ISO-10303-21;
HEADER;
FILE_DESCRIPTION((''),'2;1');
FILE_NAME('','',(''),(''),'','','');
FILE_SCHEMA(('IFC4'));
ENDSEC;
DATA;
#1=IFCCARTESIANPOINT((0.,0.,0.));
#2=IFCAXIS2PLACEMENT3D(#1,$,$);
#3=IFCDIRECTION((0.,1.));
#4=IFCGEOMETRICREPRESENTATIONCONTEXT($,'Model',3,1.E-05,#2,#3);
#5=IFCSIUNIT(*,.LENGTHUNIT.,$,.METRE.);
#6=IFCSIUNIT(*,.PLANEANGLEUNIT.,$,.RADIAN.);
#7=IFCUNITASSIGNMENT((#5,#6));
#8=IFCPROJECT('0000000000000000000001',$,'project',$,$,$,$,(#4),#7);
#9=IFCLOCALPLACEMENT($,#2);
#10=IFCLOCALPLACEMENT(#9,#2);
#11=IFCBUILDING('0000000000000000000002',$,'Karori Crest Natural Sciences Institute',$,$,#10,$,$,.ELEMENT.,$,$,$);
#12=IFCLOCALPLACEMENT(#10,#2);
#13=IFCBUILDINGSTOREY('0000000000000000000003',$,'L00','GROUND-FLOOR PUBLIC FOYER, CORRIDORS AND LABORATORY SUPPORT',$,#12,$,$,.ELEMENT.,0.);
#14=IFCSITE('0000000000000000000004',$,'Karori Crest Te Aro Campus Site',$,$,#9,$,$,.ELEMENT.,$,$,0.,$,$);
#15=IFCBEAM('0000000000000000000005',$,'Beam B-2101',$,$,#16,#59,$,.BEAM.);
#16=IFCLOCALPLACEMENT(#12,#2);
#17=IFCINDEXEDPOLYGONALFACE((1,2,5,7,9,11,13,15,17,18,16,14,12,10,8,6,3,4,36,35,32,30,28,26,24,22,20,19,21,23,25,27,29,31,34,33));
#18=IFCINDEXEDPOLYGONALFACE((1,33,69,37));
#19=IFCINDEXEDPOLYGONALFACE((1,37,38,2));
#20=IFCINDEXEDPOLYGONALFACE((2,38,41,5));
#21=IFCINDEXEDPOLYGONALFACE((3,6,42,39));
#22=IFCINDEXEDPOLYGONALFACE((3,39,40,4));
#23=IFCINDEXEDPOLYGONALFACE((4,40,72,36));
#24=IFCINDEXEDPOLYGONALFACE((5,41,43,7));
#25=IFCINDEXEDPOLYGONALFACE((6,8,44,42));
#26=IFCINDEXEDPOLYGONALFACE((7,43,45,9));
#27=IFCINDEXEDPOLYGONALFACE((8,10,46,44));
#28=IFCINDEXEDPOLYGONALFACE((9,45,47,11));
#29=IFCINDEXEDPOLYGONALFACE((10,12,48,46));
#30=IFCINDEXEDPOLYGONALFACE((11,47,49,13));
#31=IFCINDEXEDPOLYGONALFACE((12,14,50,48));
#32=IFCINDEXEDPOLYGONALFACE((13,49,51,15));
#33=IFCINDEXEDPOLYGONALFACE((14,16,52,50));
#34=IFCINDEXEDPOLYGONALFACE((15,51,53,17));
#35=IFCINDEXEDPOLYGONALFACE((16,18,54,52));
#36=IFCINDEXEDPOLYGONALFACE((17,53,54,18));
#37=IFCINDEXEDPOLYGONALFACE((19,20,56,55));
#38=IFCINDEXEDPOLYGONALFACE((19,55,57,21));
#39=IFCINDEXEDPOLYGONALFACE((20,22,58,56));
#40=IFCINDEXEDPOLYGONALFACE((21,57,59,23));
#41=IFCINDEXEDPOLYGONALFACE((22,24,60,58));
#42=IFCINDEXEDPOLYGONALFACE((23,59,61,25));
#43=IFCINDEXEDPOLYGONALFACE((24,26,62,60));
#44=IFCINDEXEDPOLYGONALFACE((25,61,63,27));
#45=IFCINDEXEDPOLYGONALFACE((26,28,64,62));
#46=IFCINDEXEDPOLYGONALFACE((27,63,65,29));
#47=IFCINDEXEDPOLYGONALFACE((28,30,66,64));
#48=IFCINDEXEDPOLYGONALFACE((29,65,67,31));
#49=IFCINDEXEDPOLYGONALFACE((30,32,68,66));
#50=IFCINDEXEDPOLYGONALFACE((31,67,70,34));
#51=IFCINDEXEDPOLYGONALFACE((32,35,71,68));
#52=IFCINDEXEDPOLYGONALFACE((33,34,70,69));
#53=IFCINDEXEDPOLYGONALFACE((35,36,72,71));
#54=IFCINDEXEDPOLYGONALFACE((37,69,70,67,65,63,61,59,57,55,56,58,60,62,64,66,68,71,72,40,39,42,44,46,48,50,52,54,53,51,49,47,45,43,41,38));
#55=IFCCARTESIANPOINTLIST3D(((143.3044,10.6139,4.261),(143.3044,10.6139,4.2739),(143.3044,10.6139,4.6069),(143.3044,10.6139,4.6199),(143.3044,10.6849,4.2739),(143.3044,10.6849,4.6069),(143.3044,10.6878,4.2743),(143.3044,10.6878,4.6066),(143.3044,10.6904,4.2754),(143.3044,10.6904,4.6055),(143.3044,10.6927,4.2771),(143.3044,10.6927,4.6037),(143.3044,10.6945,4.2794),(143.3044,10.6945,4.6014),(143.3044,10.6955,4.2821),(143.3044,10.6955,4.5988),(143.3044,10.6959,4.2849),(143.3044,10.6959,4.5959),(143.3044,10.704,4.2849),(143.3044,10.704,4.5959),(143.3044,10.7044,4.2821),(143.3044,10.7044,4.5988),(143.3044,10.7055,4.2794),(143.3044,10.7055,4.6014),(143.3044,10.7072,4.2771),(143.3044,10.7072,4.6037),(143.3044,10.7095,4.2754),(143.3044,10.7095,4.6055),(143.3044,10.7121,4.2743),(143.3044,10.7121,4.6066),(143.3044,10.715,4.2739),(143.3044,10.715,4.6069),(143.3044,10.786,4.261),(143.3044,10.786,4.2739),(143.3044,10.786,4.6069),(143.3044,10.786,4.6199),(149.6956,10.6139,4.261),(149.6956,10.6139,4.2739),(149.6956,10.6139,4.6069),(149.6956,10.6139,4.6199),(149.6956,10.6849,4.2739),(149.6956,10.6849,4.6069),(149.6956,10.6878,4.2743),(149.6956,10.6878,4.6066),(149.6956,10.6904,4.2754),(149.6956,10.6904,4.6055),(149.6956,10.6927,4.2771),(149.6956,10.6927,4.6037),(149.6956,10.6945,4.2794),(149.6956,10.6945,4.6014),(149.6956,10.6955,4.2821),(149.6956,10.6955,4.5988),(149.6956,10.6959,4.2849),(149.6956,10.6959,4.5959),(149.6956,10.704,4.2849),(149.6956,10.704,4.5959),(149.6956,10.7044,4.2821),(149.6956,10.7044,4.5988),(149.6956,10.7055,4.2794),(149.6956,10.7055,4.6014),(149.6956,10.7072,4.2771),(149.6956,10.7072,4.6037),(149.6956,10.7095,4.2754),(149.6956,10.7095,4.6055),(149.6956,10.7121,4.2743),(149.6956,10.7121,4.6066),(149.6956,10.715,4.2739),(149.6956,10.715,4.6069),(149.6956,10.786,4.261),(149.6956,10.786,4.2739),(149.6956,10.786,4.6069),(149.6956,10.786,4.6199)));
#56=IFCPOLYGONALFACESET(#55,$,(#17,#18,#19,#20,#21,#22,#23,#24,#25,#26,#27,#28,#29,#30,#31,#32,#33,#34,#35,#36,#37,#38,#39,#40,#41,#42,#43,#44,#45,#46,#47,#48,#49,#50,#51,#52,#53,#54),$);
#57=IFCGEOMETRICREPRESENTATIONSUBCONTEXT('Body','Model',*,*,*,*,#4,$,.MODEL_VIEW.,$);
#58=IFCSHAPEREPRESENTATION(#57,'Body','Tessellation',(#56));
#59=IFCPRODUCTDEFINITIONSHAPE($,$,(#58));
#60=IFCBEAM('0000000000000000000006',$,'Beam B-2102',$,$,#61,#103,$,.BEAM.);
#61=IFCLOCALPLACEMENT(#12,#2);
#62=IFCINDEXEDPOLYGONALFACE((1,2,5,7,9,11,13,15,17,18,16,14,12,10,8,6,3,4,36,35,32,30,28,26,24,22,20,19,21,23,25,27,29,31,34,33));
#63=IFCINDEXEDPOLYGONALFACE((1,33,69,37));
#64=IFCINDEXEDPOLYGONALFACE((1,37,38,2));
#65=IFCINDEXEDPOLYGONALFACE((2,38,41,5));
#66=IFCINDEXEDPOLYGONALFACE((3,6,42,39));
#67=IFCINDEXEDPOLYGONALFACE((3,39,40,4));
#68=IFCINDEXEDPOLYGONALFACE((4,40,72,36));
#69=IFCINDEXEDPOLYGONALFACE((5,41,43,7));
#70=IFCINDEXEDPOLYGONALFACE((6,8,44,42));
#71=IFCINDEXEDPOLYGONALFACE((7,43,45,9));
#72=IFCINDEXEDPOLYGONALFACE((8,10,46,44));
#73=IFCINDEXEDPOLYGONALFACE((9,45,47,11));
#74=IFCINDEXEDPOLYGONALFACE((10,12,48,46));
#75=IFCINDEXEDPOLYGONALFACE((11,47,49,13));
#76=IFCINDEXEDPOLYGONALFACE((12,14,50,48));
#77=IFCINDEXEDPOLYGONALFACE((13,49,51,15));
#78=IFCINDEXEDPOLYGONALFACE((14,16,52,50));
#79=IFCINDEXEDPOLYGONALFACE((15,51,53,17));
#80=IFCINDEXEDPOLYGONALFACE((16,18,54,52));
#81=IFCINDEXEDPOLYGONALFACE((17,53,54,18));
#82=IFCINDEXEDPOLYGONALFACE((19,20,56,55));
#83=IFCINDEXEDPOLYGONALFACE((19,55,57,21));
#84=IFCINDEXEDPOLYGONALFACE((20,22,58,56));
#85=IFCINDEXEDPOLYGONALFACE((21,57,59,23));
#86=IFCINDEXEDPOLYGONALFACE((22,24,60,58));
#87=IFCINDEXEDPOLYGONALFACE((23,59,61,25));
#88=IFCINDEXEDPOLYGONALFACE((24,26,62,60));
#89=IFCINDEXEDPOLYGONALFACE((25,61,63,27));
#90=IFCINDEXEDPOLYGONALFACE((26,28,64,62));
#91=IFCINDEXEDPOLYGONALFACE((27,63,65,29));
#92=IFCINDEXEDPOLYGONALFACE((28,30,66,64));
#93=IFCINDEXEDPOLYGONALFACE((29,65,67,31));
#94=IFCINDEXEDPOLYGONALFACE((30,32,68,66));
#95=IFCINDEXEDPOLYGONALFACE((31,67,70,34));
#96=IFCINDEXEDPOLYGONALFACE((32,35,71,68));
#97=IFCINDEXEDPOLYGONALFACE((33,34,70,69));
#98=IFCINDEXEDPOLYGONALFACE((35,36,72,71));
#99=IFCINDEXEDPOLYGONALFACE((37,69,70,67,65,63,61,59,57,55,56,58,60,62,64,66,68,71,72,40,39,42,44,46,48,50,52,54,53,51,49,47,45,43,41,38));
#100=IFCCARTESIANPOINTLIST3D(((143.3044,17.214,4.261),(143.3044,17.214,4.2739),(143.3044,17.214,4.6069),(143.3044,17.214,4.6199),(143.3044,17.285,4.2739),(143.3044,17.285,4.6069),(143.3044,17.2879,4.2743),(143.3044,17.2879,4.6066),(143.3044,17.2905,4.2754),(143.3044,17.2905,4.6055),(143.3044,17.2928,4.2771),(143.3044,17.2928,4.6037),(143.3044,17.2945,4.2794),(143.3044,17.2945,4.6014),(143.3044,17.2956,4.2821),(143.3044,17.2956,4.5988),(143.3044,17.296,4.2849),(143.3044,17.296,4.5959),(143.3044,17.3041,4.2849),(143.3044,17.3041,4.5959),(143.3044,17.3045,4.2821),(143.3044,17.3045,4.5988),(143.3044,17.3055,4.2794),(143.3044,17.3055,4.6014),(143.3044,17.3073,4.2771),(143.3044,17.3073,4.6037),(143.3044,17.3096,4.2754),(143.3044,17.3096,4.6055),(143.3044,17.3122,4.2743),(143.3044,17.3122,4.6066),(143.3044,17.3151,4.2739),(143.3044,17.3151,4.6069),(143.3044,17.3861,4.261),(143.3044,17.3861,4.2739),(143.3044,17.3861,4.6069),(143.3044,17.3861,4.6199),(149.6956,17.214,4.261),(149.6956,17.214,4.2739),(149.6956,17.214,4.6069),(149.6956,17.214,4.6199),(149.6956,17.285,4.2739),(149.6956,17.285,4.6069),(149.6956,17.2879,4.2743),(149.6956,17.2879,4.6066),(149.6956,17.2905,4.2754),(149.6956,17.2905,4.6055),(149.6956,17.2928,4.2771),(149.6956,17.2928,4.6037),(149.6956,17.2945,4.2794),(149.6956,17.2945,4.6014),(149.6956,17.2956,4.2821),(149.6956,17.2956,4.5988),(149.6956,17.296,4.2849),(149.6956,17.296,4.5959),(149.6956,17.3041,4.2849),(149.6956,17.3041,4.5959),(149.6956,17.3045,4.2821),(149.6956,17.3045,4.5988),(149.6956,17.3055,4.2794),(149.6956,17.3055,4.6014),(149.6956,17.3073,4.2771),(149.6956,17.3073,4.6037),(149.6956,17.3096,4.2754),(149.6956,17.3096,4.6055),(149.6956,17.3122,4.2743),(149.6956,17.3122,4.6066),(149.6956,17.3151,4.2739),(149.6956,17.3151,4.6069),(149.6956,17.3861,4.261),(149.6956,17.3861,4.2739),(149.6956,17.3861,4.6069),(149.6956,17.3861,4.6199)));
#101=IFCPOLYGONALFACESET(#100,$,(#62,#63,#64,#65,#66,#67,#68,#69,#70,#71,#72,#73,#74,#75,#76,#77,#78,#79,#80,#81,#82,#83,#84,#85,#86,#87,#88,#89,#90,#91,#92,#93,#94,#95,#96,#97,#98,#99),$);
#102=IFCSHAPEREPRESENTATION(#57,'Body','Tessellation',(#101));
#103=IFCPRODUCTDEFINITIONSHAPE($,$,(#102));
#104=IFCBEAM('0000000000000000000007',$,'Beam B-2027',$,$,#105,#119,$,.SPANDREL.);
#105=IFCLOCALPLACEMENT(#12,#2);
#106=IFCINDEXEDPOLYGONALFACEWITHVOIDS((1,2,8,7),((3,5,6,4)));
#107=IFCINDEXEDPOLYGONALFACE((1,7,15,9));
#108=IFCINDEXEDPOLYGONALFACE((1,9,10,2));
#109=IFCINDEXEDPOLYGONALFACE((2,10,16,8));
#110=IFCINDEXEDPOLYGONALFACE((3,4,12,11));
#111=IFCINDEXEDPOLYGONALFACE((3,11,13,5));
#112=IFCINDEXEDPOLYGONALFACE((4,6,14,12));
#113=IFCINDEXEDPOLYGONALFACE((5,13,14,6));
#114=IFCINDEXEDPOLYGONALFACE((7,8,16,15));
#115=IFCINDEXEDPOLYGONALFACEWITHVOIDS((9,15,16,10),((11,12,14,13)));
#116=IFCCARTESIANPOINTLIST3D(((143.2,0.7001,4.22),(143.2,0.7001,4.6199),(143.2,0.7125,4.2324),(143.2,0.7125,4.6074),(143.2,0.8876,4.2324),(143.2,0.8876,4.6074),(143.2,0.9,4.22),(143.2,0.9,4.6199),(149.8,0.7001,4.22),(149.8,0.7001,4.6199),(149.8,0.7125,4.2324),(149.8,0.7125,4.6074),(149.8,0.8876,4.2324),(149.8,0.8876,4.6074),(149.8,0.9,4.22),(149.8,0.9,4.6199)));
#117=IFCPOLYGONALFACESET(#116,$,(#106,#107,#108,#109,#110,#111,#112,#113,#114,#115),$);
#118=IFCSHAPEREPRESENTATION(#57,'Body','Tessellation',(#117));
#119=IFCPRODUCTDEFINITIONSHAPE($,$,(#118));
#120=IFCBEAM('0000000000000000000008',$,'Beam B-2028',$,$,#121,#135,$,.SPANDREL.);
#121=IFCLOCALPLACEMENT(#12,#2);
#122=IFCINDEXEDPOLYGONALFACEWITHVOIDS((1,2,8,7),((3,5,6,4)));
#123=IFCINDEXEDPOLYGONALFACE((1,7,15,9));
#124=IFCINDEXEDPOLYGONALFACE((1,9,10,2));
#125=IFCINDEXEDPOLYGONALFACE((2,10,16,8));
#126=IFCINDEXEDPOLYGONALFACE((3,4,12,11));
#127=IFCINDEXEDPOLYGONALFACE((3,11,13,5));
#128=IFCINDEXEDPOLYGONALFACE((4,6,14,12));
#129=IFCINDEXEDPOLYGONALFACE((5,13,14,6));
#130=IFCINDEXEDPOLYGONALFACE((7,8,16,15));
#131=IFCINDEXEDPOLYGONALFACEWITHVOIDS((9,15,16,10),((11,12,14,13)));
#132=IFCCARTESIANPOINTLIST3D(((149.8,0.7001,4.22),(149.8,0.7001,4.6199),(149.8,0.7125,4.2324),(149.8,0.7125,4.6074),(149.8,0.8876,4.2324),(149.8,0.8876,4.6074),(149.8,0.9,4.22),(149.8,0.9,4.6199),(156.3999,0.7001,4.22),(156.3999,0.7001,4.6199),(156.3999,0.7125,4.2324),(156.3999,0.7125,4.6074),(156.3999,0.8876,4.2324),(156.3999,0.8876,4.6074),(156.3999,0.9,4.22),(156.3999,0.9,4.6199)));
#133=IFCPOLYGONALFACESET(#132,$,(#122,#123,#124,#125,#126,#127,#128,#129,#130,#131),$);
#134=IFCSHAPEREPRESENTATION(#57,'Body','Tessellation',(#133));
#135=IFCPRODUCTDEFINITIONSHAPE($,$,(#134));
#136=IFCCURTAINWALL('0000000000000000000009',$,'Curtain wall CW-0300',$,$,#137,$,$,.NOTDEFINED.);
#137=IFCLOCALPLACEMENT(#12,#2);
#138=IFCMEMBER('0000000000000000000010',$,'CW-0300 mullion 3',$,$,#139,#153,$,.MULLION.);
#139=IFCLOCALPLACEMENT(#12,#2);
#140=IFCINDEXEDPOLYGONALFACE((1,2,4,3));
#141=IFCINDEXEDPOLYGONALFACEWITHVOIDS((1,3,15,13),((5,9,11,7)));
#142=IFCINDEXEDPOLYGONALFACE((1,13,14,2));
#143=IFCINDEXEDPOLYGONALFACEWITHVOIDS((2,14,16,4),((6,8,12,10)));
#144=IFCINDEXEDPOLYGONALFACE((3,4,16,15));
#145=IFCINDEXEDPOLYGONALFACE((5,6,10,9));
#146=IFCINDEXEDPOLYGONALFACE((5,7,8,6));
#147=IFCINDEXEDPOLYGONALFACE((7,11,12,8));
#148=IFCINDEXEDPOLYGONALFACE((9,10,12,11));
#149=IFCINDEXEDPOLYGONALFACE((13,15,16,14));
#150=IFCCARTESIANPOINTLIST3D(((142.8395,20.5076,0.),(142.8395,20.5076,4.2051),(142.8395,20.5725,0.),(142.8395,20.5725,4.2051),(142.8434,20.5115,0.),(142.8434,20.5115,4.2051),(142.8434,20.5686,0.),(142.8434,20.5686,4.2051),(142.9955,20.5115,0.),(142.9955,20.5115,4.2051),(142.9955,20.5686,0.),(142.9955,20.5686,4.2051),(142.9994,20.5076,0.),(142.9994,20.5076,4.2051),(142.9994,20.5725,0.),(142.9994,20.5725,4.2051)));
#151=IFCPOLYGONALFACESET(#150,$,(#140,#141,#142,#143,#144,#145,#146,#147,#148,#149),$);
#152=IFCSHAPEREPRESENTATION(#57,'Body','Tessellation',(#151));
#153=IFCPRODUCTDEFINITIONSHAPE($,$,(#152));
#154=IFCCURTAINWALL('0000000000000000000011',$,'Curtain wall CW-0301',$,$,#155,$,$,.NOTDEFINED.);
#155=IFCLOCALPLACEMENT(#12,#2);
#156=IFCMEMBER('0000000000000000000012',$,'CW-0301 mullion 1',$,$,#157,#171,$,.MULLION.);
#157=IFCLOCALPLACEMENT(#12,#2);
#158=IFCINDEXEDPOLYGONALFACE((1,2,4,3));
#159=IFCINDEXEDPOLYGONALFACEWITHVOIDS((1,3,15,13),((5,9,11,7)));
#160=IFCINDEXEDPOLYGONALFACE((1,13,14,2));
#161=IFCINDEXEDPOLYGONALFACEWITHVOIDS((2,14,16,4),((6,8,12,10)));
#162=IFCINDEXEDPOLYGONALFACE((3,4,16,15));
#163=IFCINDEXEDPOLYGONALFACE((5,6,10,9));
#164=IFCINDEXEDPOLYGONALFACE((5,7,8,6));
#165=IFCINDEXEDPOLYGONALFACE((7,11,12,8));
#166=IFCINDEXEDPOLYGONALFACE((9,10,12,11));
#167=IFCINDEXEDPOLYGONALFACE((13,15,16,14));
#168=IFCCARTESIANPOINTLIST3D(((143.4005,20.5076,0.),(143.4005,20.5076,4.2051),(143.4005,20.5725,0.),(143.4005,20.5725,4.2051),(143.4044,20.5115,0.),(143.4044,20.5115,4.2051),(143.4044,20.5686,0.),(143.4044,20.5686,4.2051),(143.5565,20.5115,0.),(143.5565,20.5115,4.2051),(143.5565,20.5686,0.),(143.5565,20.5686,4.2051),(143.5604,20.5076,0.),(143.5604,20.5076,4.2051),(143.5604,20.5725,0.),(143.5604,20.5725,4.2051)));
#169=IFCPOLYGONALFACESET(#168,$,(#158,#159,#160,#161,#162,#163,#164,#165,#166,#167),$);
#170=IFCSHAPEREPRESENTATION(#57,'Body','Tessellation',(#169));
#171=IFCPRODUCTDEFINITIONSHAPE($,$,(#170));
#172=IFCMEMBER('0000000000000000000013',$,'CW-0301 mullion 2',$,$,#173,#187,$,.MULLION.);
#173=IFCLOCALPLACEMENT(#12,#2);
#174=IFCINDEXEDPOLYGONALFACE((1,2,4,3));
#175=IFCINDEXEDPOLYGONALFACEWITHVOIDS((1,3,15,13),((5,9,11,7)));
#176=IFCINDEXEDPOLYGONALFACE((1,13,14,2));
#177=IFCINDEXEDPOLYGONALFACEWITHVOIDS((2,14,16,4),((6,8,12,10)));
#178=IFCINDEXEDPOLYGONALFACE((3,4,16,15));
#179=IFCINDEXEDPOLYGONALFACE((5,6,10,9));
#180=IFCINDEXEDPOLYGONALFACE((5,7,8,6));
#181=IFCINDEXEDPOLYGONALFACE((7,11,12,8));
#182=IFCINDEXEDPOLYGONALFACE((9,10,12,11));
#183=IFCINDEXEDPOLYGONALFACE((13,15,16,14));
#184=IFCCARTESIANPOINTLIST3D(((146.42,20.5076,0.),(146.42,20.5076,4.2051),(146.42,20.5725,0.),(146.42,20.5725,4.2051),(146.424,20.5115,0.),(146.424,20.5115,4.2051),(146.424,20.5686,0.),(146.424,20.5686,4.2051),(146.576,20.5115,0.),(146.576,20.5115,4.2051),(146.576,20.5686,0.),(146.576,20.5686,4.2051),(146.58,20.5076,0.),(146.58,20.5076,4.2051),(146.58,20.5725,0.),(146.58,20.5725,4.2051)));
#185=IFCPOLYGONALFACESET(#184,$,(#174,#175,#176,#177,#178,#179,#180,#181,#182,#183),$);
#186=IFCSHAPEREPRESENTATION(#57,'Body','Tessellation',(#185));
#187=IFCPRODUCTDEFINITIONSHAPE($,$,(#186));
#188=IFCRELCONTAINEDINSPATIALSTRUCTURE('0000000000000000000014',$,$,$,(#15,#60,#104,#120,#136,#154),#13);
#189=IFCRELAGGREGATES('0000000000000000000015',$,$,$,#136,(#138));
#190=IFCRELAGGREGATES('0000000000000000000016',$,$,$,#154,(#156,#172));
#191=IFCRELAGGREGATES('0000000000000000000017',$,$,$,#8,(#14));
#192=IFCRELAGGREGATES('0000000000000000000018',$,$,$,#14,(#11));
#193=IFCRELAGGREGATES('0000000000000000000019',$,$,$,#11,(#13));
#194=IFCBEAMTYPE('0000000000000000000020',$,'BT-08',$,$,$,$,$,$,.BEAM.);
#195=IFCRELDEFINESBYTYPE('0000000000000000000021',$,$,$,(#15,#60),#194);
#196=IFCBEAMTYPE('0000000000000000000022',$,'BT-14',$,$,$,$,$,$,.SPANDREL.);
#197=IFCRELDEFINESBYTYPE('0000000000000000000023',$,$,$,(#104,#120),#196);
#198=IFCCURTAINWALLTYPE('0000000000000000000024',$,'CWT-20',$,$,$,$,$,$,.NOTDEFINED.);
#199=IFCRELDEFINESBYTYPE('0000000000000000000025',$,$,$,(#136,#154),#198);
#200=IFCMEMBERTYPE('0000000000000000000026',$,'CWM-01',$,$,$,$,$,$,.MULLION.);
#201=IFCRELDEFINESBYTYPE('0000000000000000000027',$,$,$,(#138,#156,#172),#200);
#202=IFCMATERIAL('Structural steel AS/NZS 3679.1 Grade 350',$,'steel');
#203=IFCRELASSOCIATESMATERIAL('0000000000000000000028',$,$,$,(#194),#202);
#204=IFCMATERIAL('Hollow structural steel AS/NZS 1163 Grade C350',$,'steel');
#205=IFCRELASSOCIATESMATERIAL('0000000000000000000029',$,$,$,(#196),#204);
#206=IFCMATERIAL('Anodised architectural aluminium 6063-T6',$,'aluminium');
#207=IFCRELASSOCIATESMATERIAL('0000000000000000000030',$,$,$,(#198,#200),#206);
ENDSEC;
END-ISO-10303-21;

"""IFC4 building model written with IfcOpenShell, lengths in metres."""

from ifc_helpers import new_model, si_unit, direction, frame, origin, origin_2d, place, context, subcontext, project, spatial, hollow_rectangle, i_section, extrude, material, material_profile, profile_set, type_object, element, aggregate, save


model = new_model("IFC4")

# Units and contexts
model_context = context("Model", 3, precision=1e-05, world=origin(), true_north=direction((0.0, 1.0)))
body_context = subcontext(model_context, "Body", "Model", "MODEL_VIEW")
ifc_project = project(units=[si_unit("LENGTHUNIT", "METRE"), si_unit("PLANEANGLEUNIT", "RADIAN")], contexts=[model_context])

# Site, building, storey
site_placement = place(None, origin())
site = spatial("IfcSite", under=ifc_project, at=site_placement, Name="Karori Crest Te Aro Campus Site", CompositionType="ELEMENT", RefElevation=0.0)
building_placement = place(site_placement, origin())
building = spatial("IfcBuilding", under=site, at=building_placement, Name="Karori Crest Natural Sciences Institute", CompositionType="ELEMENT")
storey_placement = place(building_placement, origin())
storey = spatial("IfcBuildingStorey", under=building, at=storey_placement, Name="L00", Description="GROUND-FLOOR PUBLIC FOYER, CORRIDORS AND LABORATORY SUPPORT", CompositionType="ELEMENT", Elevation=0.0)

# Shared definitions
ifc_material_1 = material(Name="Structural steel AS/NZS 3679.1 Grade 350", Category="steel")

# Beams
ifc_material_profile_1 = material_profile(ifc_material_1, i_section(OverallWidth=0.1721, OverallDepth=0.3589, WebThickness=0.0081, FlangeThickness=0.0129, FilletRadius=0.011, at=origin_2d()), Name="360UB56.7")
ifc_profile_set_1 = profile_set([ifc_material_profile_1], Name="Structural steel AS/NZS 3679.1 Grade 350")
beam_type_1 = type_object("IfcBeamType", Name="BT-08", PredefinedType="BEAM", material=ifc_profile_set_1)
for number, where, z_axis, x_axis, name in (
    (1, (143.3044, 10.7, 4.4404), (1.0, 0.0, 0.0), (0.0, 1.0, 0.0), "Beam B-2101"),
    (2, (143.3044, 17.3, 4.4404), (1.0, 0.0, 0.0), (0.0, 1.0, 0.0), "Beam B-2102"),
):
    element("IfcBeam", number, at=place(storey_placement, frame(where, z_axis=z_axis, x_axis=x_axis)), inside=storey, type_object=beam_type_1, Name=name, PredefinedType="BEAM", context=body_context, shape_type="SweptSolid", body=[
        extrude(i_section(OverallWidth=0.1721, OverallDepth=0.3589, WebThickness=0.0081, FlangeThickness=0.0129, FilletRadius=0.011, at=origin_2d()), origin(), (0.0, 0.0, 1.0), 6.3911),
    ])
ifc_material_2 = material(Name="Hollow structural steel AS/NZS 1163 Grade C350", Category="steel")
ifc_material_profile_2 = material_profile(ifc_material_2, hollow_rectangle(XDim=0.2, YDim=0.3999, WallThickness=0.0125, at=origin_2d()), Name="RHS400x200x12.5")
ifc_profile_set_2 = profile_set([ifc_material_profile_2], Name="Hollow structural steel AS/NZS 1163 Grade C350")
beam_type_2 = type_object("IfcBeamType", Name="BT-14", PredefinedType="SPANDREL", material=ifc_profile_set_2)
beam_1_placement = place(storey_placement, frame((143.2, 0.8, 4.4199), z_axis=(1.0, 0.0, 0.0), x_axis=(0.0, 1.0, 0.0)))
element("IfcBeam", 3, at=beam_1_placement, inside=storey, type_object=beam_type_2, Name="Beam B-2027", PredefinedType="SPANDREL", context=body_context, shape_type="SweptSolid", body=[
    extrude(hollow_rectangle(XDim=0.2, YDim=0.3999, WallThickness=0.0125, at=origin_2d()), origin(), (0.0, 0.0, 1.0), 6.6001),
])
beam_2_placement = place(storey_placement, frame((149.8, 0.8, 4.4199), z_axis=(1.0, 0.0, 0.0), x_axis=(0.0, 1.0, 0.0)))
element("IfcBeam", 4, at=beam_2_placement, inside=storey, type_object=beam_type_2, Name="Beam B-2028", PredefinedType="SPANDREL", context=body_context, shape_type="SweptSolid", body=[
    extrude(hollow_rectangle(XDim=0.2, YDim=0.3999, WallThickness=0.0125, at=origin_2d()), origin(), (0.0, 0.0, 1.0), 6.5999),
])

# Curtain wall, member
ifc_material_3 = material(Name="Anodised architectural aluminium 6063-T6", Category="aluminium")
curtain_wall_type = type_object("IfcCurtainWallType", Name="CWT-20", PredefinedType="NOTDEFINED", material=ifc_material_3)
curtain_wall_1_placement = place(storey_placement, origin())
curtain_wall_1 = element("IfcCurtainWall", 5, at=curtain_wall_1_placement, inside=storey, type_object=curtain_wall_type, Name="Curtain wall CW-0300", PredefinedType="NOTDEFINED")
ifc_material_profile_3 = material_profile(ifc_material_3, hollow_rectangle(XDim=0.0649, YDim=0.1599, WallThickness=0.0039, at=origin_2d()), Name="CWM160x65x4")
ifc_profile_set_3 = profile_set([ifc_material_profile_3], Name="Anodised architectural aluminium 6063-T6")
member_type_1 = type_object("IfcMemberType", Name="CWM-01", PredefinedType="MULLION", material=ifc_profile_set_3)
member_1_placement = place(storey_placement, frame((142.9194, 20.54, 0.0), z_axis=(0.0, 0.0, 1.0), x_axis=(0.0, 1.0, 0.0)))
member_1 = element("IfcMember", 6, at=member_1_placement, type_object=member_type_1, Name="CW-0300 mullion 3", PredefinedType="MULLION", context=body_context, shape_type="SweptSolid", body=[
    extrude(hollow_rectangle(XDim=0.0649, YDim=0.1599, WallThickness=0.0039, at=origin_2d()), origin(), (0.0, 0.0, 1.0), 4.2051),
])

# Curtain wall, members
curtain_wall_2_placement = place(storey_placement, origin())
curtain_wall_2 = element("IfcCurtainWall", 7, at=curtain_wall_2_placement, inside=storey, type_object=curtain_wall_type, Name="Curtain wall CW-0301", PredefinedType="NOTDEFINED")
member_2_placement = place(storey_placement, frame((143.4805, 20.54, 0.0), z_axis=(0.0, 0.0, 1.0), x_axis=(0.0, 1.0, 0.0)))
member_2 = element("IfcMember", 8, at=member_2_placement, type_object=member_type_1, Name="CW-0301 mullion 1", PredefinedType="MULLION", context=body_context, shape_type="SweptSolid", body=[
    extrude(hollow_rectangle(XDim=0.0649, YDim=0.1599, WallThickness=0.0039, at=origin_2d()), origin(), (0.0, 0.0, 1.0), 4.2051),
])
member_3_placement = place(storey_placement, frame((146.5, 20.54, 0.0), z_axis=(0.0, 0.0, 1.0), x_axis=(0.0, 1.0, 0.0)))
member_3 = element("IfcMember", 9, at=member_3_placement, type_object=member_type_1, Name="CW-0301 mullion 2", PredefinedType="MULLION", context=body_context, shape_type="SweptSolid", body=[
    extrude(hollow_rectangle(XDim=0.0649, YDim=0.1599, WallThickness=0.0039, at=origin_2d()), origin(), (0.0, 0.0, 1.0), 4.2051),
])

aggregate(curtain_wall_1, [member_1])
aggregate(curtain_wall_2, [member_2, member_3])

save(model, "model.ifc")
